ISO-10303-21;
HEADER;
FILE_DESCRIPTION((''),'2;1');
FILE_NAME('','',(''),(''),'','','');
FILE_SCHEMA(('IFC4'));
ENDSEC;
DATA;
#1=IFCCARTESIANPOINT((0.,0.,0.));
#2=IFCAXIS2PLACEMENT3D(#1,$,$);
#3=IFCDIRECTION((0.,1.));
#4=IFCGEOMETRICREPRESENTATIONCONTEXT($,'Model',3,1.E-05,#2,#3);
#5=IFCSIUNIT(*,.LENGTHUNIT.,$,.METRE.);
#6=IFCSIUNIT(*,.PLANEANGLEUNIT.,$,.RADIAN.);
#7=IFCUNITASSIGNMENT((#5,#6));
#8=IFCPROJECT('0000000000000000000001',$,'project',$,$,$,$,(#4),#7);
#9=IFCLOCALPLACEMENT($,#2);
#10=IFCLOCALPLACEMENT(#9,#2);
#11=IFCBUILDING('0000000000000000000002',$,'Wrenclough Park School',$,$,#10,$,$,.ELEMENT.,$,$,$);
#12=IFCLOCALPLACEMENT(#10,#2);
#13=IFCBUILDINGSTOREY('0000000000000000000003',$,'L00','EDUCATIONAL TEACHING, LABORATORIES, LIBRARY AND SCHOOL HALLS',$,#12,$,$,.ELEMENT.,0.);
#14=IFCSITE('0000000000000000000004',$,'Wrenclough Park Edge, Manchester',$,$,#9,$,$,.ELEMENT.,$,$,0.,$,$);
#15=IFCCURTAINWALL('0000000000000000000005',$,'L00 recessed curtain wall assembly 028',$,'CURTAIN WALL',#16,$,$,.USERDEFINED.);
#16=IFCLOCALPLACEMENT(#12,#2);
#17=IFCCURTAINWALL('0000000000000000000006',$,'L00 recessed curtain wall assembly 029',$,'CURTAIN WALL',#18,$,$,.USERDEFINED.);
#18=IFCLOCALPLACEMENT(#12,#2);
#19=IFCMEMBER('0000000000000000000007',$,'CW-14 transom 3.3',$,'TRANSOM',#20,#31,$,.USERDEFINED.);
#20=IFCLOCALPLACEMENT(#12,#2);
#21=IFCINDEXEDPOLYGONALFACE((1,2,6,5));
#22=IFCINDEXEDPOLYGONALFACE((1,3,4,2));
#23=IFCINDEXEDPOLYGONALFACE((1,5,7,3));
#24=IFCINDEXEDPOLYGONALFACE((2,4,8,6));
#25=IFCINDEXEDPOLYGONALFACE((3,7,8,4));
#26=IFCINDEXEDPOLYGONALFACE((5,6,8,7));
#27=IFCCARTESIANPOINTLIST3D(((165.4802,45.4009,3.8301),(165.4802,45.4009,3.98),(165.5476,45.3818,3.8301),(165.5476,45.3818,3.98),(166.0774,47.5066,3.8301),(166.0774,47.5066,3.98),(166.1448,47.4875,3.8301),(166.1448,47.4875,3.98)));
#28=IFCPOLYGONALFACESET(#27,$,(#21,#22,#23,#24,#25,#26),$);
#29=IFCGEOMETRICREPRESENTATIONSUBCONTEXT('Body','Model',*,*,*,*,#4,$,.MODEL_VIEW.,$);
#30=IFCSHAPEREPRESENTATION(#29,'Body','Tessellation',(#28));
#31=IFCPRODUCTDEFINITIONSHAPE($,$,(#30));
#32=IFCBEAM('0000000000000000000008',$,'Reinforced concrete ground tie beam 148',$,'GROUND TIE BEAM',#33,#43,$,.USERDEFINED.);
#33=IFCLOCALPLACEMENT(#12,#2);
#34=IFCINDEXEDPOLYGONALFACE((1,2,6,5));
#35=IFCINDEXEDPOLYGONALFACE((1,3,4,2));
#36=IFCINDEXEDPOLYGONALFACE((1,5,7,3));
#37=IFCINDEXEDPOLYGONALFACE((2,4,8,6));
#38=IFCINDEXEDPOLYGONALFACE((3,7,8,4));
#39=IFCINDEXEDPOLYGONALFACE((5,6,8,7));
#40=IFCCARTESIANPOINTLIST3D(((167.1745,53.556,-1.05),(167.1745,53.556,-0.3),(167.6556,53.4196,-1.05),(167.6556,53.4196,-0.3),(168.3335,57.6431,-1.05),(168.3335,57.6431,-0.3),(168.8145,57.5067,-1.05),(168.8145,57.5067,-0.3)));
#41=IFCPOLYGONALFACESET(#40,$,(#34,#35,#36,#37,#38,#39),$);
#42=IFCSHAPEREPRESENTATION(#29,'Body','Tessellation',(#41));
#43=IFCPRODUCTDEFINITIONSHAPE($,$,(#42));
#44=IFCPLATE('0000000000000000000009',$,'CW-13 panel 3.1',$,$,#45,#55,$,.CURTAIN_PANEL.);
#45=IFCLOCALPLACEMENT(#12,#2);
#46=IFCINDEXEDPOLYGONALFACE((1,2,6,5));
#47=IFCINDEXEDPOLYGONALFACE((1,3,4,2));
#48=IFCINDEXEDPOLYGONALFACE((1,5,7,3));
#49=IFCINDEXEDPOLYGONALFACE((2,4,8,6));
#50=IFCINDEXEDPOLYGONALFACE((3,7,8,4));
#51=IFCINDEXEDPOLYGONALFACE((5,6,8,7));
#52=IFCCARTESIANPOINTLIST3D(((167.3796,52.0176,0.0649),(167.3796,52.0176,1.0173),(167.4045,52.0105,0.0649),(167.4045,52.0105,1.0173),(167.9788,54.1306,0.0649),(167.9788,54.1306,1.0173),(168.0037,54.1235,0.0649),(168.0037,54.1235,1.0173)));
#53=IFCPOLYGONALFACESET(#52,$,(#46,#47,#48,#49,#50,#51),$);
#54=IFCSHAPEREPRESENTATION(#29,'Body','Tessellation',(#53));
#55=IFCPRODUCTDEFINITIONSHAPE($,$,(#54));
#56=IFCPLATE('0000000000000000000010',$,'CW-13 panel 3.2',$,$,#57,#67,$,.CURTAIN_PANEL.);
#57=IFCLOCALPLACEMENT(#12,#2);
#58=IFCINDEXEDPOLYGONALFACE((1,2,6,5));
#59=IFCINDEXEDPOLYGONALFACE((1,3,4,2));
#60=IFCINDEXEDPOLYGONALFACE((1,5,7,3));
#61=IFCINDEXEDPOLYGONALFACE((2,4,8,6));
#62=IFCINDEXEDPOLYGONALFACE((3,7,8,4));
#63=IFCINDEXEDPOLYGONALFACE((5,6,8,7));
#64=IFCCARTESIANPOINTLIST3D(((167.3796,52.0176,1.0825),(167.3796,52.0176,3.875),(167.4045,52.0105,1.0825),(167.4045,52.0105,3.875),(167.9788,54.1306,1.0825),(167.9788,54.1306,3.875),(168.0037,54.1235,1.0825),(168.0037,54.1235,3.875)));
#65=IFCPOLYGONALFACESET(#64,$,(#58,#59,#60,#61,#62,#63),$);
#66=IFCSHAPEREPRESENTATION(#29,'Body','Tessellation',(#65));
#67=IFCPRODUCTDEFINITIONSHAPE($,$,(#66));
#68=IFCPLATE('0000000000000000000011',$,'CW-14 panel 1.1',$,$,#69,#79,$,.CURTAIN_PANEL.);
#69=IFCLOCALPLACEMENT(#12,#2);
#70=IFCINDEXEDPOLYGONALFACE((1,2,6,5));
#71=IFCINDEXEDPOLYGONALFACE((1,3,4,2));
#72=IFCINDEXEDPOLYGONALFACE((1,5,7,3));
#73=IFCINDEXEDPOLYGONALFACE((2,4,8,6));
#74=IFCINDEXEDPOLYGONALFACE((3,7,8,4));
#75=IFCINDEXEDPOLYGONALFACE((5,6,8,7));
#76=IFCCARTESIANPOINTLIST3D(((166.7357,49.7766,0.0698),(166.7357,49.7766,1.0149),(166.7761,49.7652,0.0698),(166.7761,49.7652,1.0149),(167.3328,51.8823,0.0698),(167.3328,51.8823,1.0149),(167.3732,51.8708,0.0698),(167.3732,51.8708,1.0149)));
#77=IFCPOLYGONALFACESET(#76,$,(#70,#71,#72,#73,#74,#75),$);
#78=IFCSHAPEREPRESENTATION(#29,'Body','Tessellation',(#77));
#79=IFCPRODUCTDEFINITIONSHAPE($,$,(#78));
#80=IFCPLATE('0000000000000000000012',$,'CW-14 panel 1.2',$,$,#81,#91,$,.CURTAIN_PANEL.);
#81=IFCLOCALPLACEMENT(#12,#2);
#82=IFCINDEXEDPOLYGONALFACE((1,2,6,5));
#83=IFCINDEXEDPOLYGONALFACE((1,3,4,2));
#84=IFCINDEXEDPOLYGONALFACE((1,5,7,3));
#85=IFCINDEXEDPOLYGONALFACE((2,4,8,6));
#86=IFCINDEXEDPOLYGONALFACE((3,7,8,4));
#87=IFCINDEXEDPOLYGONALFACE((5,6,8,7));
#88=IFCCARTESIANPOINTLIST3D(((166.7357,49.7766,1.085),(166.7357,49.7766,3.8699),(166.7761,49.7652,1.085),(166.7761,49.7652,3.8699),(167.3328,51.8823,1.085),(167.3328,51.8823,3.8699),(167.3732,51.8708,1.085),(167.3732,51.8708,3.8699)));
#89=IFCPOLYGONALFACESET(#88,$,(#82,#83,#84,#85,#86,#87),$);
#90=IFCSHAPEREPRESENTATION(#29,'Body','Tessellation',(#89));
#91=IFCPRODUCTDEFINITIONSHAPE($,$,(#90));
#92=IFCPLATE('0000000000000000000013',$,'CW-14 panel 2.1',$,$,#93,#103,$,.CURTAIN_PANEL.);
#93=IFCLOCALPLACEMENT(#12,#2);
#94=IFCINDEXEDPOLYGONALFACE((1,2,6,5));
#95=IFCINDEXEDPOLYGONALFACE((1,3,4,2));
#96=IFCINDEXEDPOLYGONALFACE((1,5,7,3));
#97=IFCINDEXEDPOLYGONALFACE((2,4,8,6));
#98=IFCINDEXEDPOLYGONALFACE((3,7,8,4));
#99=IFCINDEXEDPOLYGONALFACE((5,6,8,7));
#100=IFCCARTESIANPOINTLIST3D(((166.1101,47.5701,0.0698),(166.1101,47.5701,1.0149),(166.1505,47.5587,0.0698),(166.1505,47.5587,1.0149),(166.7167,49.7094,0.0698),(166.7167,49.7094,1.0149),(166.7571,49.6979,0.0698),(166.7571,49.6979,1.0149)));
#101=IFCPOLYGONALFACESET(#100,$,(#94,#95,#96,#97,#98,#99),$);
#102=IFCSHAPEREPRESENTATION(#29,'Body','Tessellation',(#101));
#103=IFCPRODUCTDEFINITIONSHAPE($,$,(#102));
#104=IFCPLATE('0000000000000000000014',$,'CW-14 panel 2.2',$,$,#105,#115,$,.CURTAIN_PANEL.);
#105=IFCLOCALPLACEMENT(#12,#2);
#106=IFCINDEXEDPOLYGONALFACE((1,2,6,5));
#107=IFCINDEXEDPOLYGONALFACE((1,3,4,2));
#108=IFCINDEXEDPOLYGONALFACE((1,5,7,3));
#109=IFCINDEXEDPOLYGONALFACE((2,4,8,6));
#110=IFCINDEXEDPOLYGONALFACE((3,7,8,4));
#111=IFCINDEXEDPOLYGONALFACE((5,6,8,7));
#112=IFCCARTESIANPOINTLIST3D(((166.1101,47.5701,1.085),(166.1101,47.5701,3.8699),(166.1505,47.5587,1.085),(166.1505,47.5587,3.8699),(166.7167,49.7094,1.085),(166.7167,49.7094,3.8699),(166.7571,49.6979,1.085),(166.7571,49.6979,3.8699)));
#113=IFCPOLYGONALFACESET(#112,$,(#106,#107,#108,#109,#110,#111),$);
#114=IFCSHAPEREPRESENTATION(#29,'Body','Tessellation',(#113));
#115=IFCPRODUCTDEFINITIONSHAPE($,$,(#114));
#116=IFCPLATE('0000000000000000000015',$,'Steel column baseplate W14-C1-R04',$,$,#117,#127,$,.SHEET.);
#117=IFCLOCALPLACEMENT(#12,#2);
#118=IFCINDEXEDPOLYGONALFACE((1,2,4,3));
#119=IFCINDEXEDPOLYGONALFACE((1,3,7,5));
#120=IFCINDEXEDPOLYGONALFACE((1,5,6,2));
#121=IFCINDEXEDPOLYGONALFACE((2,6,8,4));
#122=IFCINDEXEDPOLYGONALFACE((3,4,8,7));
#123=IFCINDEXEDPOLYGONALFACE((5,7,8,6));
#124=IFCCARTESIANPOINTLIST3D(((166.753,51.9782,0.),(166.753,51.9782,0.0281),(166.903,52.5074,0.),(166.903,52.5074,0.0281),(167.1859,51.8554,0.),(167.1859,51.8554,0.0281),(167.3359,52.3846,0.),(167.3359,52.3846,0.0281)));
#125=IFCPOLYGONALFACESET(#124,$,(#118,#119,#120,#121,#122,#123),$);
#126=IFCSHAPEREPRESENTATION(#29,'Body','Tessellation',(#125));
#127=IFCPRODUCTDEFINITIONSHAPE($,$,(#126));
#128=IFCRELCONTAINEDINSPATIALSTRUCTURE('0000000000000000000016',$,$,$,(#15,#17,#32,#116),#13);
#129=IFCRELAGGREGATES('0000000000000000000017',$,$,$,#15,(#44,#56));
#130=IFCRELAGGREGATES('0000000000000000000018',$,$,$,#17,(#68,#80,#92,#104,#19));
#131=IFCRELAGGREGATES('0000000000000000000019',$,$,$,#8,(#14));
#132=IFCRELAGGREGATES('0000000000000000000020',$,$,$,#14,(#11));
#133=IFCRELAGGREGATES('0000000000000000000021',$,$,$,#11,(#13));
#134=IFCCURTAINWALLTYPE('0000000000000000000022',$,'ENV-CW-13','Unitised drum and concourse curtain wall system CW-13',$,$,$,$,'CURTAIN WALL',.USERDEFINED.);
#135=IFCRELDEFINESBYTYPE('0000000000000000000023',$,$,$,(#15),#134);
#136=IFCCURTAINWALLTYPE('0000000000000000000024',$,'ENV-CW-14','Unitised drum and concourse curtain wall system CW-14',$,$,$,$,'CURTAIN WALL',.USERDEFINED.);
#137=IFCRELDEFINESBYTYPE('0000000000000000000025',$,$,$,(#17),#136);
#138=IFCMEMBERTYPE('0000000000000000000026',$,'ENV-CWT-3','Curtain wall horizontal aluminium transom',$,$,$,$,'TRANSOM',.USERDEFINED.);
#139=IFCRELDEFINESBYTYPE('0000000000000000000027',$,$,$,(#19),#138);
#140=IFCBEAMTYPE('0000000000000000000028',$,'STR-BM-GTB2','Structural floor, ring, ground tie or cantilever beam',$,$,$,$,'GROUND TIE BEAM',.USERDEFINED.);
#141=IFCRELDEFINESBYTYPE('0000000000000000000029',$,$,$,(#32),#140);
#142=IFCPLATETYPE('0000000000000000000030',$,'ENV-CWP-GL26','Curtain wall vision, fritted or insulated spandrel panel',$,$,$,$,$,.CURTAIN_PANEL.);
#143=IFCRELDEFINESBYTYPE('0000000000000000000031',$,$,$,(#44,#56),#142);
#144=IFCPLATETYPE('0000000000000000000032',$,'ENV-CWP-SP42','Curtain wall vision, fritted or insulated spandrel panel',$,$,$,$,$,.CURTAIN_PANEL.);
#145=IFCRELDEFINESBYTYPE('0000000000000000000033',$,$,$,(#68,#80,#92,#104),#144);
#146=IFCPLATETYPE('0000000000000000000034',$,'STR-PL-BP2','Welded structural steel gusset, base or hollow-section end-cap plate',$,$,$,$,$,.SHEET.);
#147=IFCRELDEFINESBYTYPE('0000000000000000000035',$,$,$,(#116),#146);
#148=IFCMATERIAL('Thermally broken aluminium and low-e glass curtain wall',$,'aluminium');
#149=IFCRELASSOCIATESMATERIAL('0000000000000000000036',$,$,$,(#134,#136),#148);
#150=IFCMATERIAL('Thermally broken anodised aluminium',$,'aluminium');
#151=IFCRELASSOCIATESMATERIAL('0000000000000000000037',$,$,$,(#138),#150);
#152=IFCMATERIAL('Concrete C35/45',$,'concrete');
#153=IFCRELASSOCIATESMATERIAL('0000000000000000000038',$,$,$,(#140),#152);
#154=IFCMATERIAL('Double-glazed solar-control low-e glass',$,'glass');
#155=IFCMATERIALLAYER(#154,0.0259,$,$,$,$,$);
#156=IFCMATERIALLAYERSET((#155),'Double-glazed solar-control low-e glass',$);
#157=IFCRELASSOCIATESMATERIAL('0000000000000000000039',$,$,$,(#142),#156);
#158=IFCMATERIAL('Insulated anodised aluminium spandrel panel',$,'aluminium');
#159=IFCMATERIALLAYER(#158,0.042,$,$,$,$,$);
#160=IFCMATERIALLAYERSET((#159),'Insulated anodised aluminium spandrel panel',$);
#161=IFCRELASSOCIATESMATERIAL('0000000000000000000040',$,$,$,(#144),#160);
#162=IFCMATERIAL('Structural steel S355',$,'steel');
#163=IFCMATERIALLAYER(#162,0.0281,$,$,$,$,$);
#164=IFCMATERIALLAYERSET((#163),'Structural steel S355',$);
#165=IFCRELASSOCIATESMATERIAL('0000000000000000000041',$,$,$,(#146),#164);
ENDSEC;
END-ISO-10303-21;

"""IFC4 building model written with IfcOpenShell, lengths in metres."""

from ifc_helpers import new_model, si_unit, direction, frame, origin, origin_2d, place, context, subcontext, project, spatial, rectangle, extrude, material, layer, layer_set, material_profile, profile_set, type_object, element, aggregate, save


model = new_model("IFC4")

# Units and contexts
model_context = context("Model", 3, precision=1e-05, world=origin(), true_north=direction((0.0, 1.0)))
body_context = subcontext(model_context, "Body", "Model", "MODEL_VIEW")
ifc_project = project(units=[si_unit("LENGTHUNIT", "METRE"), si_unit("PLANEANGLEUNIT", "RADIAN")], contexts=[model_context])

# Site, building, storey
site_placement = place(None, origin())
site = spatial("IfcSite", under=ifc_project, at=site_placement, Name="Wrenclough Park Edge, Manchester", CompositionType="ELEMENT", RefElevation=0.0)
building_placement = place(site_placement, origin())
building = spatial("IfcBuilding", under=site, at=building_placement, Name="Wrenclough Park School", CompositionType="ELEMENT")
storey_placement = place(building_placement, origin())
storey = spatial("IfcBuildingStorey", under=building, at=storey_placement, Name="L00", Description="EDUCATIONAL TEACHING, LABORATORIES, LIBRARY AND SCHOOL HALLS", CompositionType="ELEMENT", Elevation=0.0)

# Shared definitions
ifc_material_1 = material(Name="Concrete C35/45", Category="concrete")

# Shared definitions
ifc_material_2 = material(Name="Structural steel S355", Category="steel")

# Curtain walls
ifc_material_3 = material(Name="Thermally broken aluminium and low-e glass curtain wall", Category="aluminium")
curtain_wall_type_1 = type_object("IfcCurtainWallType", Name="ENV-CW-13", Description="Unitised drum and concourse curtain wall system CW-13", ElementType="CURTAIN WALL", PredefinedType="USERDEFINED", material=ifc_material_3)
curtain_wall_1_placement = place(storey_placement, origin())
curtain_wall_1 = element("IfcCurtainWall", 1, at=curtain_wall_1_placement, inside=storey, type_object=curtain_wall_type_1, Name="L00 recessed curtain wall assembly 028", ObjectType="CURTAIN WALL", PredefinedType="USERDEFINED")
ifc_material_4 = material(Name="Thermally broken anodised aluminium", Category="aluminium")
curtain_wall_type_2 = type_object("IfcCurtainWallType", Name="ENV-CW-14", Description="Unitised drum and concourse curtain wall system CW-14", ElementType="CURTAIN WALL", PredefinedType="USERDEFINED", material=ifc_material_3)
curtain_wall_2_placement = place(storey_placement, origin())
curtain_wall_2 = element("IfcCurtainWall", 2, at=curtain_wall_2_placement, inside=storey, type_object=curtain_wall_type_2, Name="L00 recessed curtain wall assembly 029", ObjectType="CURTAIN WALL", PredefinedType="USERDEFINED")

# Member
ifc_material_profile_1 = material_profile(ifc_material_4, rectangle(XDim=0.0701, YDim=0.1499, at=origin_2d()), Name="AL TRANSOM 70x150")
ifc_profile_set_1 = profile_set([ifc_material_profile_1], Name="Thermally broken anodised aluminium")
member_type_1 = type_object("IfcMemberType", Name="ENV-CWT-3", Description="Curtain wall horizontal aluminium transom", ElementType="TRANSOM", PredefinedType="USERDEFINED", material=ifc_profile_set_1)
member_1_placement = place(storey_placement, frame((166.1111, 47.4971, 3.905), z_axis=(-0.272835, -0.962061, 0.0), x_axis=(0.962061, -0.272835, 0.0)))
member_1 = element("IfcMember", 3, at=member_1_placement, type_object=member_type_1, Name="CW-14 transom 3.3", ObjectType="TRANSOM", PredefinedType="USERDEFINED", context=body_context, shape_type="SweptSolid", body=[
    extrude(rectangle(XDim=0.0701, YDim=0.1499, at=origin_2d()), origin(), (0.0, 0.0, 1.0), 2.1887),
])

# Beam
ifc_material_profile_2 = material_profile(ifc_material_1, rectangle(XDim=0.5, YDim=0.75, at=origin_2d()), Name="RC GROUND 500x750")
ifc_profile_set_2 = profile_set([ifc_material_profile_2], Name="Concrete C35/45")
beam_type = type_object("IfcBeamType", Name="STR-BM-GTB2", Description="Structural floor, ring, ground tie or cantilever beam", ElementType="GROUND TIE BEAM", PredefinedType="USERDEFINED", material=ifc_profile_set_2)
beam_placement = place(storey_placement, frame((167.415, 53.4878, -0.675), z_axis=(0.2728, 0.962071, 0.0), x_axis=(-0.962071, 0.2728, 0.0)))
element("IfcBeam", 4, at=beam_placement, inside=storey, type_object=beam_type, Name="Reinforced concrete ground tie beam 148", ObjectType="GROUND TIE BEAM", PredefinedType="USERDEFINED", context=body_context, shape_type="SweptSolid", body=[
    extrude(rectangle(XDim=0.5, YDim=0.75, at=origin_2d()), origin(), (0.0, 0.0, 1.0), 4.2483),
])

# Plates
ifc_material_5 = material(Name="Double-glazed solar-control low-e glass", Category="glass")
ifc_layer_1 = layer(ifc_material_5, 0.0259)
ifc_layer_set_1 = layer_set([ifc_layer_1], Name="Double-glazed solar-control low-e glass")
plate_type_1 = type_object("IfcPlateType", Name="ENV-CWP-GL26", Description="Curtain wall vision, fritted or insulated spandrel panel", PredefinedType="CURTAIN_PANEL", material=ifc_layer_set_1)
plate_1_placement = place(storey_placement, frame((167.6917, 53.0706, 0.0649), z_axis=(0.0, 0.0, 1.0), x_axis=(-0.272809, -0.962068, 0.0)))
plate_1 = element("IfcPlate", 5, at=plate_1_placement, type_object=plate_type_1, Name="CW-13 panel 3.1", PredefinedType="CURTAIN_PANEL", context=body_context, shape_type="SweptSolid", body=[
    extrude(rectangle(XDim=2.1963, YDim=0.0259, at=origin_2d()), origin(), (0.0, 0.0, 1.0), 0.9524),
])
plate_2_placement = place(storey_placement, frame((167.6917, 53.0706, 1.0825), z_axis=(0.0, 0.0, 1.0), x_axis=(-0.272809, -0.962068, 0.0)))
plate_2 = element("IfcPlate", 6, at=plate_2_placement, type_object=plate_type_1, Name="CW-13 panel 3.2", PredefinedType="CURTAIN_PANEL", context=body_context, shape_type="SweptSolid", body=[
    extrude(rectangle(XDim=2.1963, YDim=0.0259, at=origin_2d()), origin(), (0.0, 0.0, 1.0), 2.7925),
])
aggregate(curtain_wall_1, [plate_1, plate_2])
ifc_material_6 = material(Name="Insulated anodised aluminium spandrel panel", Category="aluminium")
ifc_layer_2 = layer(ifc_material_6, 0.042)
ifc_layer_set_2 = layer_set([ifc_layer_2], Name="Insulated anodised aluminium spandrel panel")
plate_type_2 = type_object("IfcPlateType", Name="ENV-CWP-SP42", Description="Curtain wall vision, fritted or insulated spandrel panel", PredefinedType="CURTAIN_PANEL", material=ifc_layer_set_2)
plate_3_placement = place(storey_placement, frame((167.0544, 50.8237, 0.0698), z_axis=(0.0, 0.0, 1.0), x_axis=(-0.272826, -0.962063, 0.0)))
plate_3 = element("IfcPlate", 7, at=plate_3_placement, type_object=plate_type_2, Name="CW-14 panel 1.1", PredefinedType="CURTAIN_PANEL", context=body_context, shape_type="SweptSolid", body=[
    extrude(rectangle(XDim=2.1887, YDim=0.042, at=origin_2d()), origin(), (0.0, 0.0, 1.0), 0.9451),
])
plate_4_placement = place(storey_placement, frame((167.0544, 50.8237, 1.085), z_axis=(0.0, 0.0, 1.0), x_axis=(-0.272826, -0.962063, 0.0)))
plate_4 = element("IfcPlate", 8, at=plate_4_placement, type_object=plate_type_2, Name="CW-14 panel 1.2", PredefinedType="CURTAIN_PANEL", context=body_context, shape_type="SweptSolid", body=[
    extrude(rectangle(XDim=2.1887, YDim=0.042, at=origin_2d()), origin(), (0.0, 0.0, 1.0), 2.7849),
])
plate_5_placement = place(storey_placement, frame((166.4336, 48.634, 0.0698), z_axis=(0.0, 0.0, 1.0), x_axis=(-0.272826, -0.962063, 0.0)))
plate_5 = element("IfcPlate", 9, at=plate_5_placement, type_object=plate_type_2, Name="CW-14 panel 2.1", PredefinedType="CURTAIN_PANEL", context=body_context, shape_type="SweptSolid", body=[
    extrude(rectangle(XDim=2.2236, YDim=0.042, at=origin_2d()), origin(), (0.0, 0.0, 1.0), 0.9451),
])
plate_6_placement = place(storey_placement, frame((166.4336, 48.634, 1.085), z_axis=(0.0, 0.0, 1.0), x_axis=(-0.272826, -0.962063, 0.0)))
plate_6 = element("IfcPlate", 10, at=plate_6_placement, type_object=plate_type_2, Name="CW-14 panel 2.2", PredefinedType="CURTAIN_PANEL", context=body_context, shape_type="SweptSolid", body=[
    extrude(rectangle(XDim=2.2236, YDim=0.042, at=origin_2d()), origin(), (0.0, 0.0, 1.0), 2.7849),
])
aggregate(curtain_wall_2, [plate_3, plate_4, plate_5, plate_6, member_1])
ifc_layer_3 = layer(ifc_material_2, 0.0281)
ifc_layer_set_3 = layer_set([ifc_layer_3], Name="Structural steel S355")
plate_type_3 = type_object("IfcPlateType", Name="STR-PL-BP2", Description="Welded structural steel gusset, base or hollow-section end-cap plate", PredefinedType="SHEET", material=ifc_layer_set_3)
plate_7_placement = place(storey_placement, frame((167.0444, 52.1814, 0.0), z_axis=(0.0, 0.0, 1.0), x_axis=(0.272784, 0.962075, 0.0)))
element("IfcPlate", 11, at=plate_7_placement, inside=storey, type_object=plate_type_3, Name="Steel column baseplate W14-C1-R04", PredefinedType="SHEET", context=body_context, shape_type="SweptSolid", body=[
    extrude(rectangle(XDim=0.55, YDim=0.45, at=origin_2d()), origin(), (0.0, 0.0, 1.0), 0.0281),
])

save(model, "model.ifc")
